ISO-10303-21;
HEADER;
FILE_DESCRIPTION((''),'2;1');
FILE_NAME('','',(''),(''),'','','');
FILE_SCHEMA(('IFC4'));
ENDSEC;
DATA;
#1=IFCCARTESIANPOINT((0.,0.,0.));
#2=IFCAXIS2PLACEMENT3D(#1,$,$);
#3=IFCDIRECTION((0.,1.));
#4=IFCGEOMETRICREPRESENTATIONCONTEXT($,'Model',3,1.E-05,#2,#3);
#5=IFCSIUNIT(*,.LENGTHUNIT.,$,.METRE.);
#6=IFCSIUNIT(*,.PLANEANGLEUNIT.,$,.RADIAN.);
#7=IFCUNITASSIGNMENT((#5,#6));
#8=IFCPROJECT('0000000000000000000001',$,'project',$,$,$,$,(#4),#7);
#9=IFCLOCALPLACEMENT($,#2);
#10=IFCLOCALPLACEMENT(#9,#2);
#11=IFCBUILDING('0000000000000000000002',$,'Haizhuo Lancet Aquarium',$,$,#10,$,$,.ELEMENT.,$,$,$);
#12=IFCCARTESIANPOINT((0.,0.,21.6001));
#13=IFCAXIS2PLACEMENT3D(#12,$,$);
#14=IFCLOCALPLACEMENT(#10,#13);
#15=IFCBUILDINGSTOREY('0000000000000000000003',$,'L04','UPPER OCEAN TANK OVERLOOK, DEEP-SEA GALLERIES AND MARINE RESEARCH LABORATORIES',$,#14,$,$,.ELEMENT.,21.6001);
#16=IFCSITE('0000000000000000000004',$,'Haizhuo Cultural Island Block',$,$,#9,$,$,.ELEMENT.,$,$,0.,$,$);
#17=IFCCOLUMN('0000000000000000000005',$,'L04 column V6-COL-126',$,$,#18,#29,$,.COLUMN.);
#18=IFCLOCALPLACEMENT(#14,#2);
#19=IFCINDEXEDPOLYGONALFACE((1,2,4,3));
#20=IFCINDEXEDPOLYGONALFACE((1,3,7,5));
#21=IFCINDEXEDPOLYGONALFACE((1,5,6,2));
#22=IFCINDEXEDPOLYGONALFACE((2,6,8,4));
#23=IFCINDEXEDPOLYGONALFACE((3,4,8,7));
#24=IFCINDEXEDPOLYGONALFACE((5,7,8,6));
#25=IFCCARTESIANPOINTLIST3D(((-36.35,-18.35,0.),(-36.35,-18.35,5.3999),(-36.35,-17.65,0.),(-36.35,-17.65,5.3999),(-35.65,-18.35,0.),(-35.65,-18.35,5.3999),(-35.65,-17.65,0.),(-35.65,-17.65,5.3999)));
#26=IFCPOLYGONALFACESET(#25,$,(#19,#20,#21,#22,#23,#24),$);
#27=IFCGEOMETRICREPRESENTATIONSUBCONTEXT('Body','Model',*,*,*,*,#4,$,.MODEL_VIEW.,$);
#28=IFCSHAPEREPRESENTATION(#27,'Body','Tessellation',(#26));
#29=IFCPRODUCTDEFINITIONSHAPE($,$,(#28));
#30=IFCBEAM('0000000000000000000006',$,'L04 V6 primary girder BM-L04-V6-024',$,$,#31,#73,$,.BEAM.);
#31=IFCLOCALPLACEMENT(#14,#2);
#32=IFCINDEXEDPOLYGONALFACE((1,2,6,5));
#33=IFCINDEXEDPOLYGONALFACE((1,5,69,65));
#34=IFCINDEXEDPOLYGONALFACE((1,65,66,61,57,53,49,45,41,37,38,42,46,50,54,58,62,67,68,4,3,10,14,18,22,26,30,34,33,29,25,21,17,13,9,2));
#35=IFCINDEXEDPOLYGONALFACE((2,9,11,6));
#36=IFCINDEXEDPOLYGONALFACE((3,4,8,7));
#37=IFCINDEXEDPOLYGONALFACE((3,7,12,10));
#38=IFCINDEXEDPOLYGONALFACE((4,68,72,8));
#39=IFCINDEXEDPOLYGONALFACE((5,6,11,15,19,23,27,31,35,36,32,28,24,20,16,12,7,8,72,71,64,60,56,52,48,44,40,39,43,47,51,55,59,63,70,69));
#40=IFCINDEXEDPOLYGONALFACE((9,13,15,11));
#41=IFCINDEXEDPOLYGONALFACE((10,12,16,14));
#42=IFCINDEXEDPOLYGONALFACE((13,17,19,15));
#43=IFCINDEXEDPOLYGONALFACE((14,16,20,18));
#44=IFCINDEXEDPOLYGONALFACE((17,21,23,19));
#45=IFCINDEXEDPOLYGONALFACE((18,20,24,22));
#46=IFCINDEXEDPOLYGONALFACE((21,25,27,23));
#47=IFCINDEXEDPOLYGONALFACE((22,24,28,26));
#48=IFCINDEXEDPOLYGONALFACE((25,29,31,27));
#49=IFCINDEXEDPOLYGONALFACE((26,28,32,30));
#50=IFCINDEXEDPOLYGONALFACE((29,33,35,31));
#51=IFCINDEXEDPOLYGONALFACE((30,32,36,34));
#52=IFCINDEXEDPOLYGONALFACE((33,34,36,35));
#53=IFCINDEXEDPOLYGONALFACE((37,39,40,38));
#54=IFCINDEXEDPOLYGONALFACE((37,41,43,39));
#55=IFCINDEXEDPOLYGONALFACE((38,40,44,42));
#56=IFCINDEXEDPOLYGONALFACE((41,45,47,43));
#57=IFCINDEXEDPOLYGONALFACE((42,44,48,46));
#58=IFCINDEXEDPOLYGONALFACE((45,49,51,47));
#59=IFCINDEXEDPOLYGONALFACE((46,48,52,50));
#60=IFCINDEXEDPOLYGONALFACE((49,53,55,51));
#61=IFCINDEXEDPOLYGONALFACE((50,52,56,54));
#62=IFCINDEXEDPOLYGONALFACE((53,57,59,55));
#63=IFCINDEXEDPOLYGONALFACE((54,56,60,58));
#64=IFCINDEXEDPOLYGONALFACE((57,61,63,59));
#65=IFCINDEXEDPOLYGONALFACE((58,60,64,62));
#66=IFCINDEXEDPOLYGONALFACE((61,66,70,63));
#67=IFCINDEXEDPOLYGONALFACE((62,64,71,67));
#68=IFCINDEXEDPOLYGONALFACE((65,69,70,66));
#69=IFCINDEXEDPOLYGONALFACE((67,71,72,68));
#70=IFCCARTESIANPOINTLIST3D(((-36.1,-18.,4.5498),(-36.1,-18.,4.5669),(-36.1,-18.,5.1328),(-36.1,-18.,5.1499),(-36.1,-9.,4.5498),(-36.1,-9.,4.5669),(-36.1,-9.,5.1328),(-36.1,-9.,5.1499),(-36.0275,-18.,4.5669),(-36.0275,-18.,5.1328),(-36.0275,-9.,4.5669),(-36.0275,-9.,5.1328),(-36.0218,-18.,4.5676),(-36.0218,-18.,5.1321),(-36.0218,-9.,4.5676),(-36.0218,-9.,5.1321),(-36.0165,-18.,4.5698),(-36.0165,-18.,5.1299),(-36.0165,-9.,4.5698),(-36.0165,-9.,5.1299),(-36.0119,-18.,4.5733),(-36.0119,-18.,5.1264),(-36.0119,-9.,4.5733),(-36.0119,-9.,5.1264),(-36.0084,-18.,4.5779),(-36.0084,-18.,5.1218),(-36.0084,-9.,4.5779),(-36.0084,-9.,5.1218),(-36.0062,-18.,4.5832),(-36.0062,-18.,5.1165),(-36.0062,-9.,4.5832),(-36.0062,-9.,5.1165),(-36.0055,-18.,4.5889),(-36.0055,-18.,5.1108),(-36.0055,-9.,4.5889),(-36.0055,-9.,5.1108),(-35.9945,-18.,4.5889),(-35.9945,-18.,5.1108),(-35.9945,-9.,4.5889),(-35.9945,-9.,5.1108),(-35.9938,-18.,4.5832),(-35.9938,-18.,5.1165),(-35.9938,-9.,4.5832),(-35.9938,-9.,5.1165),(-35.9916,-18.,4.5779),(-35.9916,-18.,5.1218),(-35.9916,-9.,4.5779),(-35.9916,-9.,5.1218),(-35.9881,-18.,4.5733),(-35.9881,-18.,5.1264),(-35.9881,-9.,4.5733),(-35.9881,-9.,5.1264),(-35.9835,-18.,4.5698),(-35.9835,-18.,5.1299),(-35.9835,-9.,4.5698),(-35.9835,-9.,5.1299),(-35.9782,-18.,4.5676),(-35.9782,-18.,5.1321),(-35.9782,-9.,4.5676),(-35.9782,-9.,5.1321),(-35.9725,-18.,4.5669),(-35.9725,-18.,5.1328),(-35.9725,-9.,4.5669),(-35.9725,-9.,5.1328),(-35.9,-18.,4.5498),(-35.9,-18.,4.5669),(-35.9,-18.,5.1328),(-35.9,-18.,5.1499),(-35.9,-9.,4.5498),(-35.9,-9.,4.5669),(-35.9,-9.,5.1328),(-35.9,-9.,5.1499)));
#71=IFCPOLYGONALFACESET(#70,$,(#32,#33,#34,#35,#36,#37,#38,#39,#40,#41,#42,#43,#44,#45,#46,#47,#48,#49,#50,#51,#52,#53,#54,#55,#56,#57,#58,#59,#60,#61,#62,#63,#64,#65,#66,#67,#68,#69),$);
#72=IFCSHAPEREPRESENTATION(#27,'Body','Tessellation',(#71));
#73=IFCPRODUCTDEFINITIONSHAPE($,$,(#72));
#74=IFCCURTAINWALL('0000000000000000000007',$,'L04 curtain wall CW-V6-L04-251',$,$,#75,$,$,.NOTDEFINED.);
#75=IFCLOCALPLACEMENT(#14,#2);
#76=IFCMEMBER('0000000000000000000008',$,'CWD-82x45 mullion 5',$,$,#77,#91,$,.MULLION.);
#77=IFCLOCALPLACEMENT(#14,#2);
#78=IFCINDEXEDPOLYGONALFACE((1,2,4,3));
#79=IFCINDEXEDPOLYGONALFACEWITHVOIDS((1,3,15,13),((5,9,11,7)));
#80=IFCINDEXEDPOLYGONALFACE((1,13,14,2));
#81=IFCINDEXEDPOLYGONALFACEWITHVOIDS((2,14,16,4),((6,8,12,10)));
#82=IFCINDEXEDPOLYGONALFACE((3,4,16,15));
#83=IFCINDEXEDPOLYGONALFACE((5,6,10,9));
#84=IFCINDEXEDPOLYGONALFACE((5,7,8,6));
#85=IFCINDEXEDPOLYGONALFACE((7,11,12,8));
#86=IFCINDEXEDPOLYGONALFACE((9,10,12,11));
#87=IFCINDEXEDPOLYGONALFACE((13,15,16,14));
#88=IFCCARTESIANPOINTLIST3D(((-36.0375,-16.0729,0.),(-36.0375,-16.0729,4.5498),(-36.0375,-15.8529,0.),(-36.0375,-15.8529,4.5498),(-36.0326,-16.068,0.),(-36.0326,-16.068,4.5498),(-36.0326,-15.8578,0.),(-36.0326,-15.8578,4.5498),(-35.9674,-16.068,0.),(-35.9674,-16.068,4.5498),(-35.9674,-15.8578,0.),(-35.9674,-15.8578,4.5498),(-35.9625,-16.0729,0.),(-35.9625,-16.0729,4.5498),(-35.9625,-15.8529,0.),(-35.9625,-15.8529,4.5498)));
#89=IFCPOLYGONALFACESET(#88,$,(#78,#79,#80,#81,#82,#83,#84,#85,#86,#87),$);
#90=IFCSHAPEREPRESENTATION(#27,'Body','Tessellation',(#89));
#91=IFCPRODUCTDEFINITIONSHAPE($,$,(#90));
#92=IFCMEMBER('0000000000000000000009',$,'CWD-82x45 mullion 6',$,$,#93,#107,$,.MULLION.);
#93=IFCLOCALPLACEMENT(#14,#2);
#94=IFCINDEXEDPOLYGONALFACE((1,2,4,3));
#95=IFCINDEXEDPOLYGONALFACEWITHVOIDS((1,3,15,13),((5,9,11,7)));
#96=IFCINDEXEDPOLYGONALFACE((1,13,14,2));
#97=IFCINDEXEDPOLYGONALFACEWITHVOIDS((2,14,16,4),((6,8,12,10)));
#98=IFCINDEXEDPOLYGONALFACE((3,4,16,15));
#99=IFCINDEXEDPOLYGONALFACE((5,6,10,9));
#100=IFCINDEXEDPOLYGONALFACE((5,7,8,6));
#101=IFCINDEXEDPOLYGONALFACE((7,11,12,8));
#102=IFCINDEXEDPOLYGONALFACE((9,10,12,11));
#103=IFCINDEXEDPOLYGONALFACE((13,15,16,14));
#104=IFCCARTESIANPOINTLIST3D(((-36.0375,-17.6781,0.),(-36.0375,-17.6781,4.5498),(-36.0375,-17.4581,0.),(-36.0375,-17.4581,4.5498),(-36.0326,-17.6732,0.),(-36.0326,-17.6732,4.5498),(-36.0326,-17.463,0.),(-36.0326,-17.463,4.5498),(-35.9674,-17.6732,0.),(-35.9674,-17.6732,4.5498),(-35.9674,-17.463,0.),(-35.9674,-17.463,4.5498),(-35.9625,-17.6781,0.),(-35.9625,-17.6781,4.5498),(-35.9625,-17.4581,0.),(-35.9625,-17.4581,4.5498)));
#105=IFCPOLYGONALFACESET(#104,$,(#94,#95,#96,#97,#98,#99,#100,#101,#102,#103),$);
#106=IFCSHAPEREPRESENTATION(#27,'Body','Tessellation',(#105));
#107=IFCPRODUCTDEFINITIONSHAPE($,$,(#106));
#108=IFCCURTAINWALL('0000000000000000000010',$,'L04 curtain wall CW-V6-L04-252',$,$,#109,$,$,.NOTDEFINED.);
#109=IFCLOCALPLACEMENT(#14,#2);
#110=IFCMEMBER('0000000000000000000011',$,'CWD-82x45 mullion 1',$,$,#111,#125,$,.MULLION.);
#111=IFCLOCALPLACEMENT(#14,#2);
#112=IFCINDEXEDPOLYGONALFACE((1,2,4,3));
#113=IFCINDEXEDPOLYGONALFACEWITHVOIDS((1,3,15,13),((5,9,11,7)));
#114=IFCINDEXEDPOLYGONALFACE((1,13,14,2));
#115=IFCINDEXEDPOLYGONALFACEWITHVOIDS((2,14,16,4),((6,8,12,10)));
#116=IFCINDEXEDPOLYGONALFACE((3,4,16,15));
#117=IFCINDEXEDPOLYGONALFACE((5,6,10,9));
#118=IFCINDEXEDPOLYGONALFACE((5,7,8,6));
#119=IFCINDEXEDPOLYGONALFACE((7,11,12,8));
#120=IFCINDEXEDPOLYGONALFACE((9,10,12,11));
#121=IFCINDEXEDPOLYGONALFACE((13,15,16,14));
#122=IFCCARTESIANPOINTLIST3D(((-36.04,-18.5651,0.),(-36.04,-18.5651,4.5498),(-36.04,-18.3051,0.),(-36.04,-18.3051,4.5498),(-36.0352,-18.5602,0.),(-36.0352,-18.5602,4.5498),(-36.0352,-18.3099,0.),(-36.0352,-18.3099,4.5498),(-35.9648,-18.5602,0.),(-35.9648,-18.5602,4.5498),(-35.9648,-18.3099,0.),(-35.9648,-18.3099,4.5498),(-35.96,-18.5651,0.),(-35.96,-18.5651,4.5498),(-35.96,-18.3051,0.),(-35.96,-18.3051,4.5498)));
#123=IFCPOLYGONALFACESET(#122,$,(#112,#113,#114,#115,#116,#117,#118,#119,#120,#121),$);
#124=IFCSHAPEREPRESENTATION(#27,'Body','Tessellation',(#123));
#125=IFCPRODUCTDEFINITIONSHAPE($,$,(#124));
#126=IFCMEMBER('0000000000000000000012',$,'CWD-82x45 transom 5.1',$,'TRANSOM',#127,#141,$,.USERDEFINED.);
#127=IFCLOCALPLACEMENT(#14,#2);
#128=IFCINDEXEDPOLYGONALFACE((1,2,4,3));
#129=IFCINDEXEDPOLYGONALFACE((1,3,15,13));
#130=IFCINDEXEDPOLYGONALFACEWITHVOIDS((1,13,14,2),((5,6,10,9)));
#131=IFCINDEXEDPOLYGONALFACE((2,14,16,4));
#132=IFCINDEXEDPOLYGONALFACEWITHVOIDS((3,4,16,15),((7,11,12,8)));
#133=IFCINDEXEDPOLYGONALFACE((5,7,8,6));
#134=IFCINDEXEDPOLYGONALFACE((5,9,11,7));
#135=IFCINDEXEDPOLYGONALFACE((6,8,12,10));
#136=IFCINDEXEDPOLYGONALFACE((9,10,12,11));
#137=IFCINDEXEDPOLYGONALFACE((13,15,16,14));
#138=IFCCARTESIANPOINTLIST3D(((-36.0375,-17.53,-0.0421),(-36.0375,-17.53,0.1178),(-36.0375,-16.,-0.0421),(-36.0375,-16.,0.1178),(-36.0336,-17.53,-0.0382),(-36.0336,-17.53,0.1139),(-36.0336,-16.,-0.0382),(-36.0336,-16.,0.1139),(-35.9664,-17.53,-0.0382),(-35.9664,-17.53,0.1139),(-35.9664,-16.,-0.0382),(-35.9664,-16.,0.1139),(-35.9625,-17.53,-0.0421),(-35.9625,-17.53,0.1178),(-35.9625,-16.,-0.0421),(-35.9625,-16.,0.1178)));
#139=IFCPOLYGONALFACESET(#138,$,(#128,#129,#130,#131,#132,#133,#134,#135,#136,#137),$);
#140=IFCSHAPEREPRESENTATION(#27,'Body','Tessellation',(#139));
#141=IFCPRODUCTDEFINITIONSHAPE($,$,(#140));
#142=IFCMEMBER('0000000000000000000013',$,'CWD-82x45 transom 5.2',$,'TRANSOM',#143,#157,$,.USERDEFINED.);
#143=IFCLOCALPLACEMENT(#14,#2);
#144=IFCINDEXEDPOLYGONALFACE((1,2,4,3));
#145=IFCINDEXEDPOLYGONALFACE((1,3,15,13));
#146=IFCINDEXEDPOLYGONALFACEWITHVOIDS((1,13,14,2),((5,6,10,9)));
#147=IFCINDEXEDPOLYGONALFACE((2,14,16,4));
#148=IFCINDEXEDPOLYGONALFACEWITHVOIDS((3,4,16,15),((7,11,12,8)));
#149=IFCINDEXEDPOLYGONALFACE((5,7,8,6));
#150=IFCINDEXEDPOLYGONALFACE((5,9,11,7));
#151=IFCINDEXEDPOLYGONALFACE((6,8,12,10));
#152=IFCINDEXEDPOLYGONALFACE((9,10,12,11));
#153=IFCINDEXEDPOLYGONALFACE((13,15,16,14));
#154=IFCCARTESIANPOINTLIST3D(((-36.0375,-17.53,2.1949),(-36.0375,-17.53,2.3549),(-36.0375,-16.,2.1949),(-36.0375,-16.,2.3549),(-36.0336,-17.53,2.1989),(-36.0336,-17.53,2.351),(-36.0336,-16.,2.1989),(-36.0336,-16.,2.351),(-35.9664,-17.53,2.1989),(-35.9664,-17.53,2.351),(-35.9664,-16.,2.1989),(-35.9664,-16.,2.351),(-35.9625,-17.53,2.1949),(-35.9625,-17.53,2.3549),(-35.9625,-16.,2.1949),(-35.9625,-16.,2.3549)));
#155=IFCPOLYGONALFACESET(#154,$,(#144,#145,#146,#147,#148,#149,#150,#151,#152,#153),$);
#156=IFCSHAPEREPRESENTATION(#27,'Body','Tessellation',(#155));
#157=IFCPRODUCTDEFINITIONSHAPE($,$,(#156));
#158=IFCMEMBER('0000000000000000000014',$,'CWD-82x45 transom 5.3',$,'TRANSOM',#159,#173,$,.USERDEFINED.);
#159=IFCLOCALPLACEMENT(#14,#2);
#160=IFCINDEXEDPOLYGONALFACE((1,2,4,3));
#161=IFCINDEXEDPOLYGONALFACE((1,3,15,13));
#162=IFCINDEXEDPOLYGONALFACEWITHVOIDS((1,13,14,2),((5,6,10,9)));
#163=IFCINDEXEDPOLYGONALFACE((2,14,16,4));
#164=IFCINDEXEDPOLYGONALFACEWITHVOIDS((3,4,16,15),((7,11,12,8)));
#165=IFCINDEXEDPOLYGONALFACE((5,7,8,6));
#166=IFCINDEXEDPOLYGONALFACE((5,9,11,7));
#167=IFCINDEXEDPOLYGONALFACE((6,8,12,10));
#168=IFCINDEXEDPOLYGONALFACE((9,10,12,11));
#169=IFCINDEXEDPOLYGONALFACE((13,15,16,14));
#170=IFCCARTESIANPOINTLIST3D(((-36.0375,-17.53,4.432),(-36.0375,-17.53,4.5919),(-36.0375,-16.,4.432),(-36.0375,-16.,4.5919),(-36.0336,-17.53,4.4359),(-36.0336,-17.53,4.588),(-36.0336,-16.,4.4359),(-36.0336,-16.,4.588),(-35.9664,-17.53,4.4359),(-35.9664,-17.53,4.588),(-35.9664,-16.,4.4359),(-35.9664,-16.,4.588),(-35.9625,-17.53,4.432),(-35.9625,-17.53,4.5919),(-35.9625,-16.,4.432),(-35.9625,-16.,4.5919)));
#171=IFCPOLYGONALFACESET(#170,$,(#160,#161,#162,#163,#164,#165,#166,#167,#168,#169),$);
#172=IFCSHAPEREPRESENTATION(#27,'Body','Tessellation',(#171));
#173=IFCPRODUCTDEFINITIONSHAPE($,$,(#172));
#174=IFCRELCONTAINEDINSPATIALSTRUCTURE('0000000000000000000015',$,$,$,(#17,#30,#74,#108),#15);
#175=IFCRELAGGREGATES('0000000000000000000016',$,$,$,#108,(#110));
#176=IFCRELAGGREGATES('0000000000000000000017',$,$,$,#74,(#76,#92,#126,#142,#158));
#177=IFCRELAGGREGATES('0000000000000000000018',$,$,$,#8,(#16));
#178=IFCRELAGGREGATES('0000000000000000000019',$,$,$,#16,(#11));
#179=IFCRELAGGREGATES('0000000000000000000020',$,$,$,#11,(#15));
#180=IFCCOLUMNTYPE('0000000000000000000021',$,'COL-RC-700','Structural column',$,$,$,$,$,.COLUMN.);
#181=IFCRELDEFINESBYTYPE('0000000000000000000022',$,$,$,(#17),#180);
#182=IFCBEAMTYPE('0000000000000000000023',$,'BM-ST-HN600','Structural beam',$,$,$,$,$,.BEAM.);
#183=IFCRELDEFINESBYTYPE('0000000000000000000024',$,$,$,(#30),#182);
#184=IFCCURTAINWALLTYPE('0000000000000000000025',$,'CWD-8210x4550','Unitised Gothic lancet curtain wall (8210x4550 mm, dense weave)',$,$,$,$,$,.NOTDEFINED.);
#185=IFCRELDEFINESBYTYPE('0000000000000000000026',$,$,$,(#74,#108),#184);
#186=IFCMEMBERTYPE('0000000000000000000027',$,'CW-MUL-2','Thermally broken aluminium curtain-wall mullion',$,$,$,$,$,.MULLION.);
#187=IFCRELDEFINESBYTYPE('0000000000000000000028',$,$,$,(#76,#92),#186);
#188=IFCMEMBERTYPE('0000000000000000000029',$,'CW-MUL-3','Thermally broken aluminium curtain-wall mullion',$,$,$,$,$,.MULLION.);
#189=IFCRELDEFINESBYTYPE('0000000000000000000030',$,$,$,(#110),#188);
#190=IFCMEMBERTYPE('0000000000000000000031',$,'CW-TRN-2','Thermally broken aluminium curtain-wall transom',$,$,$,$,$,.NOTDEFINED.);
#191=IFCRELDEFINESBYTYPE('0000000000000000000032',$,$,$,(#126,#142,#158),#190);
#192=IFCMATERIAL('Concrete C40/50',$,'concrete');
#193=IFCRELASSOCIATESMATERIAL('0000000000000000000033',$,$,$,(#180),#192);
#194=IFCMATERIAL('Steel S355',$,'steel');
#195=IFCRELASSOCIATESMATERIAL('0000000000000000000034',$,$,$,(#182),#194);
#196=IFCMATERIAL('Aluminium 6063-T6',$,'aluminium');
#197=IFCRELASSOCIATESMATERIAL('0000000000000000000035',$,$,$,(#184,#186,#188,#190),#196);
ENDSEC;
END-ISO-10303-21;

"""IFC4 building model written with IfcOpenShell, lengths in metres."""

from ifc_helpers import new_model, si_unit, direction, frame, origin, origin_2d, place, context, subcontext, project, spatial, rectangle, hollow_rectangle, i_section, extrude, material, material_profile, profile_set, type_object, element, aggregate, save


model = new_model("IFC4")

# Units and contexts
model_context = context("Model", 3, precision=1e-05, world=origin(), true_north=direction((0.0, 1.0)))
body_context = subcontext(model_context, "Body", "Model", "MODEL_VIEW")
ifc_project = project(units=[si_unit("LENGTHUNIT", "METRE"), si_unit("PLANEANGLEUNIT", "RADIAN")], contexts=[model_context])

# Site, building, storey
site_placement = place(None, origin())
site = spatial("IfcSite", under=ifc_project, at=site_placement, Name="Haizhuo Cultural Island Block", CompositionType="ELEMENT", RefElevation=0.0)
building_placement = place(site_placement, origin())
building = spatial("IfcBuilding", under=site, at=building_placement, Name="Haizhuo Lancet Aquarium", CompositionType="ELEMENT")
storey_placement = place(building_placement, frame((0.0, 0.0, 21.6001)))
storey = spatial("IfcBuildingStorey", under=building, at=storey_placement, Name="L04", Description="UPPER OCEAN TANK OVERLOOK, DEEP-SEA GALLERIES AND MARINE RESEARCH LABORATORIES", CompositionType="ELEMENT", Elevation=21.6001)

# Column
ifc_material_1 = material(Name="Concrete C40/50", Category="concrete")
ifc_material_profile_1 = material_profile(ifc_material_1, rectangle(XDim=0.7, YDim=0.7, at=origin_2d()), Name="RC-COL 700x700")
ifc_profile_set_1 = profile_set([ifc_material_profile_1], Name="Concrete C40/50")
column_type = type_object("IfcColumnType", Name="COL-RC-700", Description="Structural column", PredefinedType="COLUMN", material=ifc_profile_set_1)
column_placement = place(storey_placement, frame((-36.0, -18.0, 0.0), z_axis=(0.0, 0.0, 1.0), x_axis=(1.0, 0.0, 0.0)))
element("IfcColumn", 1, at=column_placement, inside=storey, type_object=column_type, Name="L04 column V6-COL-126", PredefinedType="COLUMN", context=body_context, shape_type="SweptSolid", body=[
    extrude(rectangle(XDim=0.7, YDim=0.7, at=origin_2d()), origin(), (0.0, 0.0, 1.0), 5.3999),
])

# Beam
ifc_material_2 = material(Name="Steel S355", Category="steel")
ifc_material_profile_2 = material_profile(ifc_material_2, i_section(OverallWidth=0.2, OverallDepth=0.6001, WebThickness=0.011, FlangeThickness=0.0171, FilletRadius=0.022, at=origin_2d()), Name="HN 600x200x11x17")
ifc_profile_set_2 = profile_set([ifc_material_profile_2], Name="Steel S355")
beam_type = type_object("IfcBeamType", Name="BM-ST-HN600", Description="Structural beam", PredefinedType="BEAM", material=ifc_profile_set_2)
beam_placement = place(storey_placement, frame((-36.0, -18.0, 4.8499), z_axis=(0.0, 1.0, 0.0), x_axis=(-1.0, 0.0, 0.0)))
element("IfcBeam", 2, at=beam_placement, inside=storey, type_object=beam_type, Name="L04 V6 primary girder BM-L04-V6-024", PredefinedType="BEAM", context=body_context, shape_type="SweptSolid", body=[
    extrude(i_section(OverallWidth=0.2, OverallDepth=0.6001, WebThickness=0.011, FlangeThickness=0.0171, FilletRadius=0.022, at=origin_2d()), origin(), (0.0, 0.0, 1.0), 9.0),
])

# Curtain wall, members
ifc_material_3 = material(Name="Aluminium 6063-T6", Category="aluminium")
curtain_wall_type = type_object("IfcCurtainWallType", Name="CWD-8210x4550", Description="Unitised Gothic lancet curtain wall (8210x4550 mm, dense weave)", PredefinedType="NOTDEFINED", material=ifc_material_3)
curtain_wall_1_placement = place(storey_placement, origin())
curtain_wall_1 = element("IfcCurtainWall", 3, at=curtain_wall_1_placement, inside=storey, type_object=curtain_wall_type, Name="L04 curtain wall CW-V6-L04-251", PredefinedType="NOTDEFINED")
ifc_material_profile_3 = material_profile(ifc_material_3, hollow_rectangle(XDim=0.075, YDim=0.22, WallThickness=0.0049, at=origin_2d()), Name="ALU-M 75x220x5")
ifc_profile_set_3 = profile_set([ifc_material_profile_3], Name="Aluminium 6063-T6")
member_type_1 = type_object("IfcMemberType", Name="CW-MUL-2", Description="Thermally broken aluminium curtain-wall mullion", PredefinedType="MULLION", material=ifc_profile_set_3)
member_1_placement = place(storey_placement, frame((-36.0, -15.9629, 0.0), z_axis=(0.0, 0.0, 1.0), x_axis=(1.0, 0.0, 0.0)))
member_1 = element("IfcMember", 4, at=member_1_placement, type_object=member_type_1, Name="CWD-82x45 mullion 5", PredefinedType="MULLION", context=body_context, shape_type="SweptSolid", body=[
    extrude(hollow_rectangle(XDim=0.075, YDim=0.22, WallThickness=0.0049, at=origin_2d()), origin(), (0.0, 0.0, 1.0), 4.5498),
])
member_2_placement = place(storey_placement, frame((-36.0, -17.5681, 0.0), z_axis=(0.0, 0.0, 1.0), x_axis=(1.0, 0.0, 0.0)))
member_2 = element("IfcMember", 5, at=member_2_placement, type_object=member_type_1, Name="CWD-82x45 mullion 6", PredefinedType="MULLION", context=body_context, shape_type="SweptSolid", body=[
    extrude(hollow_rectangle(XDim=0.075, YDim=0.22, WallThickness=0.0049, at=origin_2d()), origin(), (0.0, 0.0, 1.0), 4.5498),
])

# Curtain wall, member
curtain_wall_2_placement = place(storey_placement, origin())
curtain_wall_2 = element("IfcCurtainWall", 6, at=curtain_wall_2_placement, inside=storey, type_object=curtain_wall_type, Name="L04 curtain wall CW-V6-L04-252", PredefinedType="NOTDEFINED")
ifc_material_profile_4 = material_profile(ifc_material_3, hollow_rectangle(XDim=0.0801, YDim=0.26, WallThickness=0.0049, at=origin_2d()), Name="ALU-M 80x260x5")
ifc_profile_set_4 = profile_set([ifc_material_profile_4], Name="Aluminium 6063-T6")
member_type_2 = type_object("IfcMemberType", Name="CW-MUL-3", Description="Thermally broken aluminium curtain-wall mullion", PredefinedType="MULLION", material=ifc_profile_set_4)
member_3_placement = place(storey_placement, frame((-36.0, -18.4351, 0.0), z_axis=(0.0, 0.0, 1.0), x_axis=(1.0, 0.0, 0.0)))
member_3 = element("IfcMember", 7, at=member_3_placement, type_object=member_type_2, Name="CWD-82x45 mullion 1", PredefinedType="MULLION", context=body_context, shape_type="SweptSolid", body=[
    extrude(hollow_rectangle(XDim=0.0801, YDim=0.26, WallThickness=0.0049, at=origin_2d()), origin(), (0.0, 0.0, 1.0), 4.5498),
])

# Members
ifc_material_profile_5 = material_profile(ifc_material_3, hollow_rectangle(XDim=0.075, YDim=0.1599, WallThickness=0.0039, at=origin_2d()), Name="ALU-T 75x160x4")
ifc_profile_set_5 = profile_set([ifc_material_profile_5], Name="Aluminium 6063-T6")
member_type_3 = type_object("IfcMemberType", Name="CW-TRN-2", Description="Thermally broken aluminium curtain-wall transom", PredefinedType="NOTDEFINED", material=ifc_profile_set_5)
member_4_placement = place(storey_placement, frame((-36.0, -16.0, 0.0378), z_axis=(0.0, -1.0, 0.0), x_axis=(1.0, 0.0, 0.0)))
member_4 = element("IfcMember", 8, at=member_4_placement, type_object=member_type_3, Name="CWD-82x45 transom 5.1", ObjectType="TRANSOM", PredefinedType="USERDEFINED", context=body_context, shape_type="SweptSolid", body=[
    extrude(hollow_rectangle(XDim=0.075, YDim=0.1599, WallThickness=0.0039, at=origin_2d()), origin(), (0.0, 0.0, 1.0), 1.53),
])
member_5_placement = place(storey_placement, frame((-36.0, -16.0, 2.2749), z_axis=(0.0, -1.0, 0.0), x_axis=(1.0, 0.0, 0.0)))
member_5 = element("IfcMember", 9, at=member_5_placement, type_object=member_type_3, Name="CWD-82x45 transom 5.2", ObjectType="TRANSOM", PredefinedType="USERDEFINED", context=body_context, shape_type="SweptSolid", body=[
    extrude(hollow_rectangle(XDim=0.075, YDim=0.1599, WallThickness=0.0039, at=origin_2d()), origin(), (0.0, 0.0, 1.0), 1.53),
])
member_6_placement = place(storey_placement, frame((-36.0, -16.0, 4.512), z_axis=(0.0, -1.0, 0.0), x_axis=(1.0, 0.0, 0.0)))
member_6 = element("IfcMember", 10, at=member_6_placement, type_object=member_type_3, Name="CWD-82x45 transom 5.3", ObjectType="TRANSOM", PredefinedType="USERDEFINED", context=body_context, shape_type="SweptSolid", body=[
    extrude(hollow_rectangle(XDim=0.075, YDim=0.1599, WallThickness=0.0039, at=origin_2d()), origin(), (0.0, 0.0, 1.0), 1.53),
])
aggregate(curtain_wall_2, [member_3])

aggregate(curtain_wall_1, [member_1, member_2, member_4, member_5, member_6])

save(model, "model.ifc")
